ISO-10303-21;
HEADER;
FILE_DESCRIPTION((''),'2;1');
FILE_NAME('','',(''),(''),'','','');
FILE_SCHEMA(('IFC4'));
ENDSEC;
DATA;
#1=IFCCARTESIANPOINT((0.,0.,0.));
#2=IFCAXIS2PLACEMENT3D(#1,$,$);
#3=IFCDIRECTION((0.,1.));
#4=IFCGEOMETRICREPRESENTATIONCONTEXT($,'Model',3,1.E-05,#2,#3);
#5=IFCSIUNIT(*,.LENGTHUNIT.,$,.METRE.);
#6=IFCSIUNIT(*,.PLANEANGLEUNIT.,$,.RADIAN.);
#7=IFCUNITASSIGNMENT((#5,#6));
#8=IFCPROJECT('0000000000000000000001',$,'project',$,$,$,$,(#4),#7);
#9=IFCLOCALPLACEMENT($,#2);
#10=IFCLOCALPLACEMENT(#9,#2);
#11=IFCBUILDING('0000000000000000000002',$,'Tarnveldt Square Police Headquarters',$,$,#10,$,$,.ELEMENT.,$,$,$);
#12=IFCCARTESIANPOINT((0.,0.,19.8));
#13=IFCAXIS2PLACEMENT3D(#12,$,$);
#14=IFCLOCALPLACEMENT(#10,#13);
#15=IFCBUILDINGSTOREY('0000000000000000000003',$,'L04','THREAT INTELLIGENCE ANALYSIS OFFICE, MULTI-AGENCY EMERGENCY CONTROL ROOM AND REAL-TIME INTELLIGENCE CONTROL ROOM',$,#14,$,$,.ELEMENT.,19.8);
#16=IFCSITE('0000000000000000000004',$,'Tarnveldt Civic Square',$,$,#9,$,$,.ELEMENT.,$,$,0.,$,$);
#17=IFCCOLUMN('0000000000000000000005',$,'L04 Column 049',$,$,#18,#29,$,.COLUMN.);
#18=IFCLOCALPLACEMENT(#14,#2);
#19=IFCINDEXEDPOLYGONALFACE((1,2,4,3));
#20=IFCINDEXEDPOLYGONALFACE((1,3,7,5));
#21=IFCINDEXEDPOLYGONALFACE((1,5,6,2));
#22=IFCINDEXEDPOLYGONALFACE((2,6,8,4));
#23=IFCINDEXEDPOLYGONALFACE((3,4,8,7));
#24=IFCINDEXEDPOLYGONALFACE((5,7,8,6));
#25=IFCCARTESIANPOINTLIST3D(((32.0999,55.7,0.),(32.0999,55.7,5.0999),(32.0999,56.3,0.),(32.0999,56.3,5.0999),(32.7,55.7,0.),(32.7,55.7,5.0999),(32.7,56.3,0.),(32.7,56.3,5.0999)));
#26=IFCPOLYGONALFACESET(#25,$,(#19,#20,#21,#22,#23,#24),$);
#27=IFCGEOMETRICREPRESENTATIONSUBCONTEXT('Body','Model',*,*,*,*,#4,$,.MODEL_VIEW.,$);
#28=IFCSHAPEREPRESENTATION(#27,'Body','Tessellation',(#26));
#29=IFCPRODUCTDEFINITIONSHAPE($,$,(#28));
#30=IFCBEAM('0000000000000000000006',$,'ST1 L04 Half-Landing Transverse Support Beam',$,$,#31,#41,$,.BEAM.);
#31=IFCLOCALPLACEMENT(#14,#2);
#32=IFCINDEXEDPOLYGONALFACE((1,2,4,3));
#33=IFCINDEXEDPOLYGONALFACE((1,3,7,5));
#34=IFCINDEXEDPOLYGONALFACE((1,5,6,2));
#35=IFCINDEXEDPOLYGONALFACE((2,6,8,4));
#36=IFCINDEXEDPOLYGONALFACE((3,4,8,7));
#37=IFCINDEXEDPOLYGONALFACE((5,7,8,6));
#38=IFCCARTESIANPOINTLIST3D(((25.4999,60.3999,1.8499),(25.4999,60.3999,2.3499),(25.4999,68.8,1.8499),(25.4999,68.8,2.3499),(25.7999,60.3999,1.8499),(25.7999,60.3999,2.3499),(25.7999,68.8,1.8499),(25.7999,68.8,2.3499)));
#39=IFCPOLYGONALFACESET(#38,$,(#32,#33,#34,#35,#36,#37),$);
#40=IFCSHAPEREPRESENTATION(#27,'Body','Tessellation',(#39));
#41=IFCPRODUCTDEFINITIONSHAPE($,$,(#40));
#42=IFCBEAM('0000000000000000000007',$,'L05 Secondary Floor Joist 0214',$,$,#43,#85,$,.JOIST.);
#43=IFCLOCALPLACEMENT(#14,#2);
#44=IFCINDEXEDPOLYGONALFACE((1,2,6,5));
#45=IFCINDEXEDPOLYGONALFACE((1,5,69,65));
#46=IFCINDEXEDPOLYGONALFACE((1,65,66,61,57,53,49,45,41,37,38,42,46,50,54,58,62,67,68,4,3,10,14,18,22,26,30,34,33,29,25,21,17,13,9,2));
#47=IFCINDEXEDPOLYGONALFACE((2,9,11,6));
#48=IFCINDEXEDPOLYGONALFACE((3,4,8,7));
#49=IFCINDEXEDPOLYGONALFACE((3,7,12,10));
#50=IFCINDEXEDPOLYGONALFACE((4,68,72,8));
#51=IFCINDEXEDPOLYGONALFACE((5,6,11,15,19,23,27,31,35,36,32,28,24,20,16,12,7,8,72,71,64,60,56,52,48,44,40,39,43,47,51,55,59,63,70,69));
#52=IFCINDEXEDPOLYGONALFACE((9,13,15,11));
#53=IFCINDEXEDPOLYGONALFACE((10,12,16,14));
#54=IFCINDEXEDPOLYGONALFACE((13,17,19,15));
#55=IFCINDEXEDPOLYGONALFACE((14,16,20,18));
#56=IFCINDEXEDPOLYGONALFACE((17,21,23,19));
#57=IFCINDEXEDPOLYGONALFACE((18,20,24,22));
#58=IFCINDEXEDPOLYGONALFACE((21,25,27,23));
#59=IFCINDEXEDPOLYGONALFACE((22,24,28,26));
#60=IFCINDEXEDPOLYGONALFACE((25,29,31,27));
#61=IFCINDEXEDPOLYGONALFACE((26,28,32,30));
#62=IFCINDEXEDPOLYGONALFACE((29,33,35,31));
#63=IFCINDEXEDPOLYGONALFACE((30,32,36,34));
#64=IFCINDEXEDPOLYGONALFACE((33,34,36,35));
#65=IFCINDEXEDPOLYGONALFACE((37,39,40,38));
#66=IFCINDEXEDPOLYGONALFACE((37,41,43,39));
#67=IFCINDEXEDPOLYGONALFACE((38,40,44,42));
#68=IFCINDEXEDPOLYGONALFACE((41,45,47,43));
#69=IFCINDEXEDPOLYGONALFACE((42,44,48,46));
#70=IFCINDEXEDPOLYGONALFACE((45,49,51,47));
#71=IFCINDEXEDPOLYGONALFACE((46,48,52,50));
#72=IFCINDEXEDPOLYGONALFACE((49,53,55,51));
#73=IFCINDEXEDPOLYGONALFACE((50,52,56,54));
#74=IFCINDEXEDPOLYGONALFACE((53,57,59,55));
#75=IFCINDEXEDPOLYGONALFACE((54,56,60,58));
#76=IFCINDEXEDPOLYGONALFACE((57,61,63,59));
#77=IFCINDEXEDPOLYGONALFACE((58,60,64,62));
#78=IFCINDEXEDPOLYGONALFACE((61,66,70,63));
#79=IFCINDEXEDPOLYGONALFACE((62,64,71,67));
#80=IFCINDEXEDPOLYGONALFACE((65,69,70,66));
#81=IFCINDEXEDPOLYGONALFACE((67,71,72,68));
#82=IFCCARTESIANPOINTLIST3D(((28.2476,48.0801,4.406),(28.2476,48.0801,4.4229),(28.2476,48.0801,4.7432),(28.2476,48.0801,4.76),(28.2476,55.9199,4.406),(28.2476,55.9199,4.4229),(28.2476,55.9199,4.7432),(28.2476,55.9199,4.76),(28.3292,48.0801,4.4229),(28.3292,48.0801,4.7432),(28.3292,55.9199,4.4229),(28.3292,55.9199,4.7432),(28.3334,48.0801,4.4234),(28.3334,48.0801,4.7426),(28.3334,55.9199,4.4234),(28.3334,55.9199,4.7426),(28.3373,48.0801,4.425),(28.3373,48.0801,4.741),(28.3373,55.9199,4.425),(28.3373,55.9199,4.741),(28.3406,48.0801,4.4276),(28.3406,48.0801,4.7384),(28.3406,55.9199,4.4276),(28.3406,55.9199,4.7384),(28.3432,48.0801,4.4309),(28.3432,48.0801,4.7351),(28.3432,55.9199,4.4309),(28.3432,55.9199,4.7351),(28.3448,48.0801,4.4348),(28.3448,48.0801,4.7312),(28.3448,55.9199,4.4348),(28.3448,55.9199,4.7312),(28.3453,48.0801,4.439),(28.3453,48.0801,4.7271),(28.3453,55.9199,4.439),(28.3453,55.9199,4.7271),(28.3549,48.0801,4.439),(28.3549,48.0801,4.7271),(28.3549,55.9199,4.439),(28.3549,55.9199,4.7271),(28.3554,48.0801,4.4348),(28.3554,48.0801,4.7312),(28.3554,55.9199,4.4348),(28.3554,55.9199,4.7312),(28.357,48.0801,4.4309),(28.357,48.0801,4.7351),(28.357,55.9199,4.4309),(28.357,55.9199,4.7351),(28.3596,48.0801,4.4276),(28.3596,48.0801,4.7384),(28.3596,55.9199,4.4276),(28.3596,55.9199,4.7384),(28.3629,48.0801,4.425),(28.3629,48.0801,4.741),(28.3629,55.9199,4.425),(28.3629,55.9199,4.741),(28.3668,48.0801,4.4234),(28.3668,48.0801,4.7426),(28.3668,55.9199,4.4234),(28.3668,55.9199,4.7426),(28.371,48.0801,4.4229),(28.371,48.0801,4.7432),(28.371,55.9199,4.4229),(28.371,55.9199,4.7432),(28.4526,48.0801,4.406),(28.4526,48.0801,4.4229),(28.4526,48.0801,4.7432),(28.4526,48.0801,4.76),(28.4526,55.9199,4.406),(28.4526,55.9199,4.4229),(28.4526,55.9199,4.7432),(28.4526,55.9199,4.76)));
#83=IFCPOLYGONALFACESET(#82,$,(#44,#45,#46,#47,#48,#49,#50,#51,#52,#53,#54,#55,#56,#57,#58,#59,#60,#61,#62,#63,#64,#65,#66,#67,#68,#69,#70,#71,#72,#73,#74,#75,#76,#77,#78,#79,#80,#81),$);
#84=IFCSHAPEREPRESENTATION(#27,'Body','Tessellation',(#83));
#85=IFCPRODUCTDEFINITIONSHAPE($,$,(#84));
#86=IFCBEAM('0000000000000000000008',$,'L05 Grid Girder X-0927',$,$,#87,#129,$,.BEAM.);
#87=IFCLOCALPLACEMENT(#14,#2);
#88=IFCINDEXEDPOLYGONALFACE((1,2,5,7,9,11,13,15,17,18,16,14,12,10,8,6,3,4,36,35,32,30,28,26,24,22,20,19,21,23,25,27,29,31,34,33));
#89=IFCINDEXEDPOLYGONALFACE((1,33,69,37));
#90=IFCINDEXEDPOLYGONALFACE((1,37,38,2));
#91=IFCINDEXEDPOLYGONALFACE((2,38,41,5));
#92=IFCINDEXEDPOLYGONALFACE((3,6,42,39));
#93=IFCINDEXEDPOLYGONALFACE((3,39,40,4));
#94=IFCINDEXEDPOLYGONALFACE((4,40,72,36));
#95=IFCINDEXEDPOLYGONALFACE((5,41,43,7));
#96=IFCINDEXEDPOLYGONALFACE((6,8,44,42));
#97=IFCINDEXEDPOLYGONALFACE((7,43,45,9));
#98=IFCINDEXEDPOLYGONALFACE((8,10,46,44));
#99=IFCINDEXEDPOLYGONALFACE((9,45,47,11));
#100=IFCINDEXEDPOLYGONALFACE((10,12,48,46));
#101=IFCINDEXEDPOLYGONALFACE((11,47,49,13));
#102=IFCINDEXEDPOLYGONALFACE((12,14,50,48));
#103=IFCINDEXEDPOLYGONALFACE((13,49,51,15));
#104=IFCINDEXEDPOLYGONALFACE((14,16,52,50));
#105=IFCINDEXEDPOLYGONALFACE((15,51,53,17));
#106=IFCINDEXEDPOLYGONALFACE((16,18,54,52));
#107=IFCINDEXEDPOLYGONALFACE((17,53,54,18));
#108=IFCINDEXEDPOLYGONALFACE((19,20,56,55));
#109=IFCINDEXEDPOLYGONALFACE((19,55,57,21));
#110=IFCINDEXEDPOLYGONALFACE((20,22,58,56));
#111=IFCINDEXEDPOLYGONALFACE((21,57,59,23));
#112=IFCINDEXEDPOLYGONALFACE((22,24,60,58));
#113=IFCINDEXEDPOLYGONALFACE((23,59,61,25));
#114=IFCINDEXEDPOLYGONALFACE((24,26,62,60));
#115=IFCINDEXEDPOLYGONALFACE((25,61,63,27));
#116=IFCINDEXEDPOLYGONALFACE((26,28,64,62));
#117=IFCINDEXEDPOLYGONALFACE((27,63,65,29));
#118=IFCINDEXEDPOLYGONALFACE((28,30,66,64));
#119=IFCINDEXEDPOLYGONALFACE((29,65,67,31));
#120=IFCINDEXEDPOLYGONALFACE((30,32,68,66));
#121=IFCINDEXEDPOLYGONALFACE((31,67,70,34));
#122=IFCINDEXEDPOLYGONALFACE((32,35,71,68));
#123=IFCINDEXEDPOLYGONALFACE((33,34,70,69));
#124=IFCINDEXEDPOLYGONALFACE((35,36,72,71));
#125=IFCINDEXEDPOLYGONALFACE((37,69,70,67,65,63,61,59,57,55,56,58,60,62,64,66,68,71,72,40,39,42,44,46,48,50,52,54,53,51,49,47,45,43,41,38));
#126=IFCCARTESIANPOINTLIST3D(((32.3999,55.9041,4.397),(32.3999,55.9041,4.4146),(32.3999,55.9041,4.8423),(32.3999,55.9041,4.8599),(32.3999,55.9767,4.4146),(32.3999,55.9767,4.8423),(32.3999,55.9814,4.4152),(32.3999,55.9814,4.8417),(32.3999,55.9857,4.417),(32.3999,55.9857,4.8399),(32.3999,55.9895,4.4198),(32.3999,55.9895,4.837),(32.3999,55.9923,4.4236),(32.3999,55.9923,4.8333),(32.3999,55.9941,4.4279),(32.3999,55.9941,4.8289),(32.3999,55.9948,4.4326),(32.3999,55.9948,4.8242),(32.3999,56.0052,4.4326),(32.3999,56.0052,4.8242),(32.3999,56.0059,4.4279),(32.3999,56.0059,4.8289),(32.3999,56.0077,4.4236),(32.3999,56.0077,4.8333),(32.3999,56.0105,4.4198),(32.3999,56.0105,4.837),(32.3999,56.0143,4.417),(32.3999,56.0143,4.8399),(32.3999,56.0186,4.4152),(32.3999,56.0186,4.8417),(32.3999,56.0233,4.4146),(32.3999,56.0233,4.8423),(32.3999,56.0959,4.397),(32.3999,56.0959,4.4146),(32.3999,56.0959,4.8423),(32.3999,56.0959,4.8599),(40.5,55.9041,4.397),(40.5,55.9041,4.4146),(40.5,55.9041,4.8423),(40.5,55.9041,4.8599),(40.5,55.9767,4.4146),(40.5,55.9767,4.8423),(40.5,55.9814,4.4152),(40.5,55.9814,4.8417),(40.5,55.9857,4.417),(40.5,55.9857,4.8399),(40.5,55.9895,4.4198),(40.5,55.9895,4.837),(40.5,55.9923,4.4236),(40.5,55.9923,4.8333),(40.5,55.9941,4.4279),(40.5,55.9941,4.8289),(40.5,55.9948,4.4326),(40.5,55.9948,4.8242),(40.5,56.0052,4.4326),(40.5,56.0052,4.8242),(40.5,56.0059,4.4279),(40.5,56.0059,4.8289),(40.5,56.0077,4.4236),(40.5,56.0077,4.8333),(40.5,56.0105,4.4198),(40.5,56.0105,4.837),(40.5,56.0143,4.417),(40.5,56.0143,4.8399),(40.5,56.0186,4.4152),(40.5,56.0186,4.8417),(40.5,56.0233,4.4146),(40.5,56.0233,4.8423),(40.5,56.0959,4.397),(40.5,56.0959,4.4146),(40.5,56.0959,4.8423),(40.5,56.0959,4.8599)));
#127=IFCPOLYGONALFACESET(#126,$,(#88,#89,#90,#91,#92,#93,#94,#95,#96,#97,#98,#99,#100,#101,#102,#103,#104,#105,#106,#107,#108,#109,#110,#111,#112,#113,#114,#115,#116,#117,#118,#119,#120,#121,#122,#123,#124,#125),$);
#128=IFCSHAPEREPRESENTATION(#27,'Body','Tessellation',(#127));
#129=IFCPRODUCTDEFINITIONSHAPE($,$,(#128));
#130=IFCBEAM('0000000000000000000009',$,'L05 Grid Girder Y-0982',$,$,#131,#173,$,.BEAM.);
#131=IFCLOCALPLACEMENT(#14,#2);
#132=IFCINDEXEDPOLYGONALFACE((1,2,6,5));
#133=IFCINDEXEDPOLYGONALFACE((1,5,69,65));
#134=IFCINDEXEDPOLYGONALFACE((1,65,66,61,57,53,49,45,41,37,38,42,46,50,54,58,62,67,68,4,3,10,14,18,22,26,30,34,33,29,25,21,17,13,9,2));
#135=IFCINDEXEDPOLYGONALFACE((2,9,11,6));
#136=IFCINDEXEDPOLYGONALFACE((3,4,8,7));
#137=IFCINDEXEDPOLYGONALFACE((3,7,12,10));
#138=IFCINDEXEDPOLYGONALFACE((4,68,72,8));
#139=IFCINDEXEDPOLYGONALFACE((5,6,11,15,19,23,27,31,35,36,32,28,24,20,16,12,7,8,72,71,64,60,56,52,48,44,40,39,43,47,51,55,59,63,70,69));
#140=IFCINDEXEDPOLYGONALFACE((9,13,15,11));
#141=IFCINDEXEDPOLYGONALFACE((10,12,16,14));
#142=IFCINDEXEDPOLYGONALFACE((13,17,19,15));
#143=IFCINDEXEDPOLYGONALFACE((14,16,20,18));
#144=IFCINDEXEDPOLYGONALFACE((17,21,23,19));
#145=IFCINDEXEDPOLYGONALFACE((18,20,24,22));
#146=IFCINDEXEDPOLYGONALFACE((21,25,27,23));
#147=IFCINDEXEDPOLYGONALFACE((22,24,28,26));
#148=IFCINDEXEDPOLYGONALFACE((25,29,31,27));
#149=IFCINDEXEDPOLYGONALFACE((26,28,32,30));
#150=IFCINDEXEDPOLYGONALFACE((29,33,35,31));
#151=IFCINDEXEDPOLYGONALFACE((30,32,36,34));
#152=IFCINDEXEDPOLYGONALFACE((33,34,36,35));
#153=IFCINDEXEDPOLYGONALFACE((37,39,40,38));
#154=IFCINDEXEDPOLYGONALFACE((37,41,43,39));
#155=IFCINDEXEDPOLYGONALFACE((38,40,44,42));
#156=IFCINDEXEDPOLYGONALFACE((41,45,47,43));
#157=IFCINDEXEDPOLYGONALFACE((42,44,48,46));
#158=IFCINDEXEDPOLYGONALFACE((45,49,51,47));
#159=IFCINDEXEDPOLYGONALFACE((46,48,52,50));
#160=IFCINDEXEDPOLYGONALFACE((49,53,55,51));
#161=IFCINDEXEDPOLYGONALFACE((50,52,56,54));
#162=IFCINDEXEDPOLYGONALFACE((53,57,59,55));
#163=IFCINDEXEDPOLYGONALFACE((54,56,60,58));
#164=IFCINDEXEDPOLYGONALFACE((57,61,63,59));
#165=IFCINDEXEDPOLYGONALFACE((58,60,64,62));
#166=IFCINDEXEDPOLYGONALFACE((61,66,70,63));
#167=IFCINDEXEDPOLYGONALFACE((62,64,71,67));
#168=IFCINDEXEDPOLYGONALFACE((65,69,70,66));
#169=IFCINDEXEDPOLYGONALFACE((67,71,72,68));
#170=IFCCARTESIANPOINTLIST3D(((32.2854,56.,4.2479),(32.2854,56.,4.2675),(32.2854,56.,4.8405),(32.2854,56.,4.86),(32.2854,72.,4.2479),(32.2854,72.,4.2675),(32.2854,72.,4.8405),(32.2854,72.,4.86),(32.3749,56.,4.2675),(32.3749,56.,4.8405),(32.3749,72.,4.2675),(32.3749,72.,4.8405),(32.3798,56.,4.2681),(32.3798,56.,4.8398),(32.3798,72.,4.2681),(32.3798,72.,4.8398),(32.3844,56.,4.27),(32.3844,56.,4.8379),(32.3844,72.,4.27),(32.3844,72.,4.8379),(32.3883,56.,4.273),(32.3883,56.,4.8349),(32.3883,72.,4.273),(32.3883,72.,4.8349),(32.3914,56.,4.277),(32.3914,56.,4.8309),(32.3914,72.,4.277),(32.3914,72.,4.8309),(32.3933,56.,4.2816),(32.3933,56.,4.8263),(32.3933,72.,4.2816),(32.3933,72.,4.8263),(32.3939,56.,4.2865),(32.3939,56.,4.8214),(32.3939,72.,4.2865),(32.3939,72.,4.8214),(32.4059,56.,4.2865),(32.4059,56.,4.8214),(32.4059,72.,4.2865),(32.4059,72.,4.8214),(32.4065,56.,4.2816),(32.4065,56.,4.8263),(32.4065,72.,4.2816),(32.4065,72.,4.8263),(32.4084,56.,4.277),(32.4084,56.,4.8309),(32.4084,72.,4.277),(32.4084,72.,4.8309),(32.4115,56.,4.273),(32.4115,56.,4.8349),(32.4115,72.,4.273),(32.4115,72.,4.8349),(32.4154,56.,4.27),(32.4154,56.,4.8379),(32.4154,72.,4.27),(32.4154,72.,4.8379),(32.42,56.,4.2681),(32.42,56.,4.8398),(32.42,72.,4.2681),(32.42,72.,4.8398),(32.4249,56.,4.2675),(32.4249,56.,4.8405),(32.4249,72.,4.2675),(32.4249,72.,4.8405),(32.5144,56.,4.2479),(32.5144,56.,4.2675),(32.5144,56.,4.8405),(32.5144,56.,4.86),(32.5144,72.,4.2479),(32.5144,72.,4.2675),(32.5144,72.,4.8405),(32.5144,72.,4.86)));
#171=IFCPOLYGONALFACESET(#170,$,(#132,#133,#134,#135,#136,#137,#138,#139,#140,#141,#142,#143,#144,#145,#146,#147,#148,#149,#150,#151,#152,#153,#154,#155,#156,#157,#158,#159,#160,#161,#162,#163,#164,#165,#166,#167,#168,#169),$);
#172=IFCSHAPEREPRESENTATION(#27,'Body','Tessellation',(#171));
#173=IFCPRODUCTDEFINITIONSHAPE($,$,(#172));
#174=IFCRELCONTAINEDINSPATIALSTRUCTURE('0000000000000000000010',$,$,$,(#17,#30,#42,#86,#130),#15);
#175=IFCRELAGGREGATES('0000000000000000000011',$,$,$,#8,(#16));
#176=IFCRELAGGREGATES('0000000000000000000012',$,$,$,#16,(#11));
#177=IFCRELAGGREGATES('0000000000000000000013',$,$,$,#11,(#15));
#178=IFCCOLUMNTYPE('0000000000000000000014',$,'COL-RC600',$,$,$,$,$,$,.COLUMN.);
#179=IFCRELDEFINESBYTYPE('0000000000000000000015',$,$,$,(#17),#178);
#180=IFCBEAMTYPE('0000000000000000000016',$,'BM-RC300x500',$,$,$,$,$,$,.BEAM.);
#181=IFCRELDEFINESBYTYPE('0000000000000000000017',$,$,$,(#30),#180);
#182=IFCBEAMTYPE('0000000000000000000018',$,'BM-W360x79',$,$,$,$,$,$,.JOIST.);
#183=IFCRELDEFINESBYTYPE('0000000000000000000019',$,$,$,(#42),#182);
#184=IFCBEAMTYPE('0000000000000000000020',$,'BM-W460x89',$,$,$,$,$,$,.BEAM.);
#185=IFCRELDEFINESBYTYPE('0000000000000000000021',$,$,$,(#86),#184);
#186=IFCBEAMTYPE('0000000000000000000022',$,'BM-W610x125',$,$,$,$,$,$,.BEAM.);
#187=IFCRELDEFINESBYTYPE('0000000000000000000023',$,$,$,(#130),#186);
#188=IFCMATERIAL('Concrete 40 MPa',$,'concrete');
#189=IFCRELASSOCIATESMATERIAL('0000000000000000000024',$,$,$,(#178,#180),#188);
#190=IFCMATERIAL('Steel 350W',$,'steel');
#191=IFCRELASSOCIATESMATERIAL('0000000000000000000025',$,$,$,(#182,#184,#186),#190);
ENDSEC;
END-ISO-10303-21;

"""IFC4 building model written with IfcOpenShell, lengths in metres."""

from ifc_helpers import new_model, si_unit, direction, frame, origin, origin_2d, place, context, subcontext, project, spatial, rectangle, i_section, extrude, material, material_profile, profile_set, type_object, element, save


model = new_model("IFC4")

# Units and contexts
model_context = context("Model", 3, precision=1e-05, world=origin(), true_north=direction((0.0, 1.0)))
body_context = subcontext(model_context, "Body", "Model", "MODEL_VIEW")
ifc_project = project(units=[si_unit("LENGTHUNIT", "METRE"), si_unit("PLANEANGLEUNIT", "RADIAN")], contexts=[model_context])

# Site, building, storey
site_placement = place(None, origin())
site = spatial("IfcSite", under=ifc_project, at=site_placement, Name="Tarnveldt Civic Square", CompositionType="ELEMENT", RefElevation=0.0)
building_placement = place(site_placement, origin())
building = spatial("IfcBuilding", under=site, at=building_placement, Name="Tarnveldt Square Police Headquarters", CompositionType="ELEMENT")
storey_placement = place(building_placement, frame((0.0, 0.0, 19.8)))
storey = spatial("IfcBuildingStorey", under=building, at=storey_placement, Name="L04", Description="THREAT INTELLIGENCE ANALYSIS OFFICE, MULTI-AGENCY EMERGENCY CONTROL ROOM AND REAL-TIME INTELLIGENCE CONTROL ROOM", CompositionType="ELEMENT", Elevation=19.8)

# Column
ifc_material_1 = material(Name="Concrete 40 MPa", Category="concrete")
ifc_material_profile_1 = material_profile(ifc_material_1, rectangle(XDim=0.6001, YDim=0.6001, at=origin_2d()), Name="RC-C600x600")
ifc_profile_set_1 = profile_set([ifc_material_profile_1], Name="Concrete 40 MPa")
column_type = type_object("IfcColumnType", Name="COL-RC600", PredefinedType="COLUMN", material=ifc_profile_set_1)
column_placement = place(storey_placement, frame((32.3999, 56.0, 0.0), z_axis=(0.0, 0.0, 1.0), x_axis=(1.0, 0.0, 0.0)))
element("IfcColumn", 1, at=column_placement, inside=storey, type_object=column_type, Name="L04 Column 049", PredefinedType="COLUMN", context=body_context, shape_type="SweptSolid", body=[
    extrude(rectangle(XDim=0.6001, YDim=0.6001, at=origin_2d()), origin(), (0.0, 0.0, 1.0), 5.0999),
])

# Beams
ifc_material_profile_2 = material_profile(ifc_material_1, rectangle(XDim=0.3, YDim=0.5, at=origin_2d()), Name="RC-B300x500")
ifc_profile_set_2 = profile_set([ifc_material_profile_2], Name="Concrete 40 MPa")
beam_type_1 = type_object("IfcBeamType", Name="BM-RC300x500", PredefinedType="BEAM", material=ifc_profile_set_2)
beam_1_placement = place(storey_placement, frame((25.6499, 60.3999, 2.0999), z_axis=(0.0, 1.0, 0.0), x_axis=(-1.0, 0.0, 0.0)))
element("IfcBeam", 2, at=beam_1_placement, inside=storey, type_object=beam_type_1, Name="ST1 L04 Half-Landing Transverse Support Beam", PredefinedType="BEAM", context=body_context, shape_type="SweptSolid", body=[
    extrude(rectangle(XDim=0.3, YDim=0.5, at=origin_2d()), origin(), (0.0, 0.0, 1.0), 8.4001),
])
ifc_material_2 = material(Name="Steel 350W", Category="steel")
ifc_material_profile_3 = material_profile(ifc_material_2, i_section(OverallWidth=0.2051, OverallDepth=0.354, WebThickness=0.0095, FlangeThickness=0.0168, FilletRadius=0.0161, at=origin_2d()), Name="W360x79")
ifc_profile_set_3 = profile_set([ifc_material_profile_3], Name="Steel 350W")
beam_type_2 = type_object("IfcBeamType", Name="BM-W360x79", PredefinedType="JOIST", material=ifc_profile_set_3)
beam_2_placement = place(storey_placement, frame((28.3501, 48.0801, 4.583), z_axis=(0.0, 1.0, 0.0), x_axis=(-1.0, 0.0, 0.0)))
element("IfcBeam", 3, at=beam_2_placement, inside=storey, type_object=beam_type_2, Name="L05 Secondary Floor Joist 0214", PredefinedType="JOIST", context=body_context, shape_type="SweptSolid", body=[
    extrude(i_section(OverallWidth=0.2051, OverallDepth=0.354, WebThickness=0.0095, FlangeThickness=0.0168, FilletRadius=0.0161, at=origin_2d()), origin(), (0.0, 0.0, 1.0), 7.8398),
])
ifc_material_profile_4 = material_profile(ifc_material_2, i_section(OverallWidth=0.1919, OverallDepth=0.4629, WebThickness=0.0105, FlangeThickness=0.0176, FilletRadius=0.0181, at=origin_2d()), Name="W460x89")
ifc_profile_set_4 = profile_set([ifc_material_profile_4], Name="Steel 350W")
beam_type_3 = type_object("IfcBeamType", Name="BM-W460x89", PredefinedType="BEAM", material=ifc_profile_set_4)
beam_3_placement = place(storey_placement, frame((32.3999, 56.0, 4.6284), z_axis=(1.0, 0.0, 0.0), x_axis=(0.0, 1.0, 0.0)))
element("IfcBeam", 4, at=beam_3_placement, inside=storey, type_object=beam_type_3, Name="L05 Grid Girder X-0927", PredefinedType="BEAM", context=body_context, shape_type="SweptSolid", body=[
    extrude(i_section(OverallWidth=0.1919, OverallDepth=0.4629, WebThickness=0.0105, FlangeThickness=0.0176, FilletRadius=0.0181, at=origin_2d()), origin(), (0.0, 0.0, 1.0), 8.1001),
])
ifc_material_profile_5 = material_profile(ifc_material_2, i_section(OverallWidth=0.229, OverallDepth=0.6121, WebThickness=0.012, FlangeThickness=0.0195, FilletRadius=0.019, at=origin_2d()), Name="W610x125")
ifc_profile_set_5 = profile_set([ifc_material_profile_5], Name="Steel 350W")
beam_type_4 = type_object("IfcBeamType", Name="BM-W610x125", PredefinedType="BEAM", material=ifc_profile_set_5)
beam_4_placement = place(storey_placement, frame((32.3999, 56.0, 4.554), z_axis=(0.0, 1.0, 0.0), x_axis=(-1.0, 0.0, 0.0)))
element("IfcBeam", 5, at=beam_4_placement, inside=storey, type_object=beam_type_4, Name="L05 Grid Girder Y-0982", PredefinedType="BEAM", context=body_context, shape_type="SweptSolid", body=[
    extrude(i_section(OverallWidth=0.229, OverallDepth=0.6121, WebThickness=0.012, FlangeThickness=0.0195, FilletRadius=0.019, at=origin_2d()), origin(), (0.0, 0.0, 1.0), 16.0),
])

save(model, "model.ifc")
